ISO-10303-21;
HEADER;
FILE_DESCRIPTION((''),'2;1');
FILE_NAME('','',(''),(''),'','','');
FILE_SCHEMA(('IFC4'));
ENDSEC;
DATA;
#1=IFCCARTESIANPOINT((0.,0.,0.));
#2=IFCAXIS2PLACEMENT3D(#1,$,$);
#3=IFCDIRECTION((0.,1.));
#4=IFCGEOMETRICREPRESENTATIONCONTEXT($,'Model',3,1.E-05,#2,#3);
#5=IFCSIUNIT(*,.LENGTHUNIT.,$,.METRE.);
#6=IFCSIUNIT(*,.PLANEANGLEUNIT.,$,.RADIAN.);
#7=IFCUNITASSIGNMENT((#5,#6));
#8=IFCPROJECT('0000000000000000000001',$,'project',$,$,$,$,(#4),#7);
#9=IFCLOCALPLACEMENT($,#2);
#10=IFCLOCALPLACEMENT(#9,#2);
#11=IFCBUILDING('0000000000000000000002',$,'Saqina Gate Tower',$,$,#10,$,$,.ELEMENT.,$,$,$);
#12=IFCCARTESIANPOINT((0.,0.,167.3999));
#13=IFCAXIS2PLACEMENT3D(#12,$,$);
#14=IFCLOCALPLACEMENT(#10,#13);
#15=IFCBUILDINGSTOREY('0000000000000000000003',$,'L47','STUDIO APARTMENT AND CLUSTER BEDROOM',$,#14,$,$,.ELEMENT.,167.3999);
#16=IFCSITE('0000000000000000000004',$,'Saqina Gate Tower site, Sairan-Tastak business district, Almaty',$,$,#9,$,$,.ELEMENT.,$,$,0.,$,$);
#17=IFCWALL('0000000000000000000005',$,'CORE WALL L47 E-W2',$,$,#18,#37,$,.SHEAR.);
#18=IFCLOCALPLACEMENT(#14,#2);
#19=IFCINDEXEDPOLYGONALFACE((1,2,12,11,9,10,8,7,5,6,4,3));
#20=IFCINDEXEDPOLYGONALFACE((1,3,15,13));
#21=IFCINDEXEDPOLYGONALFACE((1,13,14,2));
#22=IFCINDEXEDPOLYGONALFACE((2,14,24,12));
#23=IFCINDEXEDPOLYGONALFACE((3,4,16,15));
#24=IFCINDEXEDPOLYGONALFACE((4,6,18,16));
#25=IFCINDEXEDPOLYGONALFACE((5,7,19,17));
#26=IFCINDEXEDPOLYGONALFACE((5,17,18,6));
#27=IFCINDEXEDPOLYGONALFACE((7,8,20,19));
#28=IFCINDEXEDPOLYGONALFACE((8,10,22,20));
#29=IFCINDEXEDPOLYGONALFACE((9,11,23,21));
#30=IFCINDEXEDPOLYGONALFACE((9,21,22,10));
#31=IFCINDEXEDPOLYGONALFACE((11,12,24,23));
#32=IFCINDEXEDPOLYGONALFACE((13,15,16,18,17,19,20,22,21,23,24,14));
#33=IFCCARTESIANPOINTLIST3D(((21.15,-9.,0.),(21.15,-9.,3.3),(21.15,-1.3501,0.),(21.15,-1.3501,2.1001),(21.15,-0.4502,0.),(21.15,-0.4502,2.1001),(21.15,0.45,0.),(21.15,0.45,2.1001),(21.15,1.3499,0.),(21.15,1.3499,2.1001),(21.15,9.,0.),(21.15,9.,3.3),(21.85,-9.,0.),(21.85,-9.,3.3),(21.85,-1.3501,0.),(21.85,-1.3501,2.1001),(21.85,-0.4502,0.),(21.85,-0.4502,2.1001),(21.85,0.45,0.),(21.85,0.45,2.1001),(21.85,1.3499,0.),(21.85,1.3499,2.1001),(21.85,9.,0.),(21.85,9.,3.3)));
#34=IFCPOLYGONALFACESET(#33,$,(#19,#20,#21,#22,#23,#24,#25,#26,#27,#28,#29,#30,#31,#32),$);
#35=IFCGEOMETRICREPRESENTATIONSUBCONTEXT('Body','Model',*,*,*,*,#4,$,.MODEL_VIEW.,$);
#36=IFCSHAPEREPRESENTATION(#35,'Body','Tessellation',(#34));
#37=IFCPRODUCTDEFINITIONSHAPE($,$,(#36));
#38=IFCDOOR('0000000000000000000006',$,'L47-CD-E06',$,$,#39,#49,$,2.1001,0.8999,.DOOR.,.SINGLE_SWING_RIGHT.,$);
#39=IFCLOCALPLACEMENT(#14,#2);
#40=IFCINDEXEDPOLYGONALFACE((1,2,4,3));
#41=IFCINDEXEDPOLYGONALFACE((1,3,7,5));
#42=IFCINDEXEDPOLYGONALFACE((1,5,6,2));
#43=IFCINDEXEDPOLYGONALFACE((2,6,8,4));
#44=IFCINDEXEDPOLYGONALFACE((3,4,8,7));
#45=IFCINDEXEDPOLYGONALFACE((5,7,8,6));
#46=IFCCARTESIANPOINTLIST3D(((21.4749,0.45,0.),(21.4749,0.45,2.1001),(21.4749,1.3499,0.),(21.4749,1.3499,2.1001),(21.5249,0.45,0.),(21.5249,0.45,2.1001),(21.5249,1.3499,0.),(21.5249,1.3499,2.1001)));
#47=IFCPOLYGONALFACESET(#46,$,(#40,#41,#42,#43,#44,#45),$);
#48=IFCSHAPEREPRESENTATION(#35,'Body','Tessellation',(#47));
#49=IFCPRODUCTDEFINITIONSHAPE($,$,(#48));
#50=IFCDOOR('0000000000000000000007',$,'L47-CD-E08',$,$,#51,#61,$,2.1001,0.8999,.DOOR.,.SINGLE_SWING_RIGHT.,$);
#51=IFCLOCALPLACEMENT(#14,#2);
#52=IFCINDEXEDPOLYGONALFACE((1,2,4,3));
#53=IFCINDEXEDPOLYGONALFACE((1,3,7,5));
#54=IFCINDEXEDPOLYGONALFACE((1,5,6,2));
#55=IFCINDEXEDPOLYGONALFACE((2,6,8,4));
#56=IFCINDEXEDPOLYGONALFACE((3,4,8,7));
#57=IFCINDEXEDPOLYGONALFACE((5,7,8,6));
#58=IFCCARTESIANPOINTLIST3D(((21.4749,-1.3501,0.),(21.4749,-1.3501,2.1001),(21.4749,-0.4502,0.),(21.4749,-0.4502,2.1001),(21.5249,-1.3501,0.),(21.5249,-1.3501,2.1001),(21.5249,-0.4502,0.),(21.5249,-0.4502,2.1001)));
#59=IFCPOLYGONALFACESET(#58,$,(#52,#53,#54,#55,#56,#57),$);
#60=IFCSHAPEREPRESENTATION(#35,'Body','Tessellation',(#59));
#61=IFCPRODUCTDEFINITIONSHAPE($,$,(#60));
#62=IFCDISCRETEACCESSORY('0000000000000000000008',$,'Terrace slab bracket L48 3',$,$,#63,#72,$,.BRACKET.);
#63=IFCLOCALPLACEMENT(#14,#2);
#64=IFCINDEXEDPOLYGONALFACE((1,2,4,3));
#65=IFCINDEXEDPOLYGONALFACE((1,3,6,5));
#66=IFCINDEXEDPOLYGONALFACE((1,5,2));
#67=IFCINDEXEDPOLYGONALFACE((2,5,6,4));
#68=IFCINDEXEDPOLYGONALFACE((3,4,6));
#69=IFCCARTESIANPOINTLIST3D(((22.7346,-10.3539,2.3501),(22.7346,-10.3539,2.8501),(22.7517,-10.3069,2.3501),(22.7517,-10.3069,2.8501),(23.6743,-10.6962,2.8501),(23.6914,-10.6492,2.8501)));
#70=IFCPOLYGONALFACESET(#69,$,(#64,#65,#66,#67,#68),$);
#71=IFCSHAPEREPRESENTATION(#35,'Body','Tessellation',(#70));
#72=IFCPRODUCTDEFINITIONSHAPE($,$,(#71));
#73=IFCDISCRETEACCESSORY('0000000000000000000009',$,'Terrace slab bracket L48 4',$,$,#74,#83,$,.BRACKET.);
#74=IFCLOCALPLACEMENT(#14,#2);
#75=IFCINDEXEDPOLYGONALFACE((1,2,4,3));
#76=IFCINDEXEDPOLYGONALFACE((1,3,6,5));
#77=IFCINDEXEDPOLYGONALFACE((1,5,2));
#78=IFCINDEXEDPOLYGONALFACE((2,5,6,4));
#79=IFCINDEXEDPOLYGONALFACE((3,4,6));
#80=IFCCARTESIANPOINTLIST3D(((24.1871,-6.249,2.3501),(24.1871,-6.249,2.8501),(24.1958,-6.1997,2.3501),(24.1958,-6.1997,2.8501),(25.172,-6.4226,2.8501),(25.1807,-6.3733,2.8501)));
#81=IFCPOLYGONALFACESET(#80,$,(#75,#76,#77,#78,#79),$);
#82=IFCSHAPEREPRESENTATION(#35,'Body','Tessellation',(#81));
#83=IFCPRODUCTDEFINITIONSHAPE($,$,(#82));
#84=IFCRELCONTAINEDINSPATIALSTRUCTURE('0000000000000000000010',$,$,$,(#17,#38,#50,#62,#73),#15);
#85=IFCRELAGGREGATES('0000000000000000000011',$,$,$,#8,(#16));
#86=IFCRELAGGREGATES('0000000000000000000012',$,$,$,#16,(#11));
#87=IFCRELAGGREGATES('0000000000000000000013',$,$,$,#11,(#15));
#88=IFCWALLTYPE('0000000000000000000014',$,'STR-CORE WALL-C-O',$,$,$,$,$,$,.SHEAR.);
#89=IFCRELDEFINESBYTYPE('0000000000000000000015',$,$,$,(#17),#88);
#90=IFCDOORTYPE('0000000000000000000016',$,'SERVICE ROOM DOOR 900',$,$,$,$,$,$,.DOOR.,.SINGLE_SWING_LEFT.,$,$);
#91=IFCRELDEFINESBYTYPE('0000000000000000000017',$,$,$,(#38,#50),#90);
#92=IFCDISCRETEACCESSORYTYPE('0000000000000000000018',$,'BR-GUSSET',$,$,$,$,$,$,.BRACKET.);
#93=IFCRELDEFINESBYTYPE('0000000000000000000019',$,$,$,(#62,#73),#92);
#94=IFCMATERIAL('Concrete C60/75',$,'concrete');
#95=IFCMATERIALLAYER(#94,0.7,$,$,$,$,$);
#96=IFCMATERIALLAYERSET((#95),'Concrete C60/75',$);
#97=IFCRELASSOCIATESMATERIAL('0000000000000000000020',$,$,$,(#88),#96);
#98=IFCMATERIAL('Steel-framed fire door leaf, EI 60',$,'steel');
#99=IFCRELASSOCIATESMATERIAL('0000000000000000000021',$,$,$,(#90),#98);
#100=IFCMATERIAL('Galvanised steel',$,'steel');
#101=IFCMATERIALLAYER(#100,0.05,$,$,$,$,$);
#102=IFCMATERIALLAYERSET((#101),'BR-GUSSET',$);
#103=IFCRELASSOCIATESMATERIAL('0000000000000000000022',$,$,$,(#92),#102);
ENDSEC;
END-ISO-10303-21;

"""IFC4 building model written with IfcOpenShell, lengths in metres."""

from ifc_helpers import new_model, si_unit, direction, frame, frame_2d, origin, place, context, subcontext, project, spatial, polyline, rectangle, outline, extrude, material, layer, layer_set, type_object, element, fill, save


model = new_model("IFC4")

# Units and contexts
model_context = context("Model", 3, precision=1e-05, world=origin(), true_north=direction((0.0, 1.0)))
body_context = subcontext(model_context, "Body", "Model", "MODEL_VIEW")
ifc_project = project(units=[si_unit("LENGTHUNIT", "METRE"), si_unit("PLANEANGLEUNIT", "RADIAN")], contexts=[model_context])

# Site, building, storey
site_placement = place(None, origin())
site = spatial("IfcSite", under=ifc_project, at=site_placement, Name="Saqina Gate Tower site, Sairan-Tastak business district, Almaty", CompositionType="ELEMENT", RefElevation=0.0)
building_placement = place(site_placement, origin())
building = spatial("IfcBuilding", under=site, at=building_placement, Name="Saqina Gate Tower", CompositionType="ELEMENT")
storey_placement = place(building_placement, frame((0.0, 0.0, 167.3999)))
storey = spatial("IfcBuildingStorey", under=building, at=storey_placement, Name="L47", Description="STUDIO APARTMENT AND CLUSTER BEDROOM", CompositionType="ELEMENT", Elevation=167.3999)

# Wall, openings, doors
ifc_material_1 = material(Name="Concrete C60/75", Category="concrete")
ifc_layer_1 = layer(ifc_material_1, 0.7)
ifc_layer_set_1 = layer_set([ifc_layer_1], Name="Concrete C60/75")
wall_type_1 = type_object("IfcWallType", Name="STR-CORE WALL-C-O", PredefinedType="SHEAR", material=ifc_layer_set_1)
wall_1_placement = place(storey_placement, frame((21.5, -9.0, 0.0), z_axis=(0.0, 0.0, 1.0), x_axis=(0.0, 1.0, 0.0)))
wall_1 = element("IfcWall", 1, at=wall_1_placement, inside=storey, type_object=wall_type_1, Name="CORE WALL L47 E-W2", PredefinedType="SHEAR", context=body_context, shape_type="SweptSolid", body=[
    extrude(rectangle(XDim=18.0, YDim=0.7, at=frame_2d((9.0, 0.0))), origin(), (0.0, 0.0, 1.0), 3.3),
])
opening_1_placement = place(wall_1_placement, frame((9.45, 0.0, 0.0)))
opening_1 = element("IfcOpeningElement", 2, at=opening_1_placement, cuts=wall_1, PredefinedType="OPENING", context=body_context, shape_type="SweptSolid", body=[
    extrude(rectangle(XDim=0.8999, YDim=2.1001, at=frame_2d((0.45, 1.05))), frame((0.0, 0.3621, 0.0), z_axis=(0.0, -1.0, 0.0), x_axis=(1.0, 0.0, 0.0)), (0.0, 0.0, 1.0), 0.7239),
])
opening_2_placement = place(wall_1_placement, frame((7.6499, 0.0, 0.0)))
opening_2 = element("IfcOpeningElement", 3, at=opening_2_placement, cuts=wall_1, PredefinedType="OPENING", context=body_context, shape_type="SweptSolid", body=[
    extrude(rectangle(XDim=0.8999, YDim=2.1001, at=frame_2d((0.45, 1.05))), frame((0.0, 0.3621, 0.0), z_axis=(0.0, -1.0, 0.0), x_axis=(1.0, 0.0, 0.0)), (0.0, 0.0, 1.0), 0.7239),
])
ifc_material_2 = material(Name="Steel-framed fire door leaf, EI 60", Category="steel")
door_type_1 = type_object("IfcDoorType", Name="SERVICE ROOM DOOR 900", OperationType="SINGLE_SWING_LEFT", PredefinedType="DOOR", material=ifc_material_2)
door_1_placement = place(opening_1_placement, frame((0.8999, 0.0, 0.0), z_axis=(0.0, 0.0, 1.0), x_axis=(-1.0, 0.0, 0.0)))
door_1 = element("IfcDoor", 4, at=door_1_placement, inside=storey, type_object=door_type_1, Name="L47-CD-E06", OperationType="SINGLE_SWING_RIGHT", OverallHeight=2.1001, OverallWidth=0.8999, PredefinedType="DOOR", context=body_context, shape_type="SweptSolid", body=[
    extrude(rectangle(XDim=0.8999, YDim=2.1001, at=frame_2d((0.45, 1.05))), frame((0.0, 0.0249, 0.0), z_axis=(0.0, -1.0, 0.0), x_axis=(1.0, 0.0, 0.0)), (0.0, 0.0, 1.0), 0.05),
])
fill(opening_1, door_1)
door_2_placement = place(opening_2_placement, frame((0.8999, 0.0, 0.0), z_axis=(0.0, 0.0, 1.0), x_axis=(-1.0, 0.0, 0.0)))
door_2 = element("IfcDoor", 5, at=door_2_placement, inside=storey, type_object=door_type_1, Name="L47-CD-E08", OperationType="SINGLE_SWING_RIGHT", OverallHeight=2.1001, OverallWidth=0.8999, PredefinedType="DOOR", context=body_context, shape_type="SweptSolid", body=[
    extrude(rectangle(XDim=0.8999, YDim=2.1001, at=frame_2d((0.45, 1.05))), frame((0.0, 0.0249, 0.0), z_axis=(0.0, -1.0, 0.0), x_axis=(1.0, 0.0, 0.0)), (0.0, 0.0, 1.0), 0.05),
])
fill(opening_2, door_2)

# Discrete accessories
ifc_material_3 = material(Name="Galvanised steel", Category="steel")
ifc_layer_2 = layer(ifc_material_3, 0.05)
ifc_layer_set_2 = layer_set([ifc_layer_2], Name="BR-GUSSET")
discrete_accessory_type = type_object("IfcDiscreteAccessoryType", Name="BR-GUSSET", PredefinedType="BRACKET", material=ifc_layer_set_2)
discrete_accessory_1_placement = place(storey_placement, frame((22.7517, -10.3069, 2.3501), z_axis=(0.342253, 0.939608, 0.0), x_axis=(0.0, 0.0, 1.0)))
element("IfcDiscreteAccessory", 6, at=discrete_accessory_1_placement, inside=storey, type_object=discrete_accessory_type, Name="Terrace slab bracket L48 3", PredefinedType="BRACKET", context=body_context, shape_type="SweptSolid", body=[
    extrude(outline(polyline([(0.0, 0.0), (0.5, 0.0), (0.5, 1.0001), (0.0, 0.0)])), origin(), (0.0, 0.0, -1.0), 0.05),
])
discrete_accessory_2_placement = place(storey_placement, frame((24.1958, -6.1997, 2.3501), z_axis=(0.173576, 0.98482, 0.0), x_axis=(0.0, 0.0, 1.0)))
element("IfcDiscreteAccessory", 7, at=discrete_accessory_2_placement, inside=storey, type_object=discrete_accessory_type, Name="Terrace slab bracket L48 4", PredefinedType="BRACKET", context=body_context, shape_type="SweptSolid", body=[
    extrude(outline(polyline([(0.0, 0.0), (0.5, 0.0), (0.5, 1.0), (0.0, 0.0)])), origin(), (0.0, 0.0, -1.0), 0.05),
])

save(model, "model.ifc")
